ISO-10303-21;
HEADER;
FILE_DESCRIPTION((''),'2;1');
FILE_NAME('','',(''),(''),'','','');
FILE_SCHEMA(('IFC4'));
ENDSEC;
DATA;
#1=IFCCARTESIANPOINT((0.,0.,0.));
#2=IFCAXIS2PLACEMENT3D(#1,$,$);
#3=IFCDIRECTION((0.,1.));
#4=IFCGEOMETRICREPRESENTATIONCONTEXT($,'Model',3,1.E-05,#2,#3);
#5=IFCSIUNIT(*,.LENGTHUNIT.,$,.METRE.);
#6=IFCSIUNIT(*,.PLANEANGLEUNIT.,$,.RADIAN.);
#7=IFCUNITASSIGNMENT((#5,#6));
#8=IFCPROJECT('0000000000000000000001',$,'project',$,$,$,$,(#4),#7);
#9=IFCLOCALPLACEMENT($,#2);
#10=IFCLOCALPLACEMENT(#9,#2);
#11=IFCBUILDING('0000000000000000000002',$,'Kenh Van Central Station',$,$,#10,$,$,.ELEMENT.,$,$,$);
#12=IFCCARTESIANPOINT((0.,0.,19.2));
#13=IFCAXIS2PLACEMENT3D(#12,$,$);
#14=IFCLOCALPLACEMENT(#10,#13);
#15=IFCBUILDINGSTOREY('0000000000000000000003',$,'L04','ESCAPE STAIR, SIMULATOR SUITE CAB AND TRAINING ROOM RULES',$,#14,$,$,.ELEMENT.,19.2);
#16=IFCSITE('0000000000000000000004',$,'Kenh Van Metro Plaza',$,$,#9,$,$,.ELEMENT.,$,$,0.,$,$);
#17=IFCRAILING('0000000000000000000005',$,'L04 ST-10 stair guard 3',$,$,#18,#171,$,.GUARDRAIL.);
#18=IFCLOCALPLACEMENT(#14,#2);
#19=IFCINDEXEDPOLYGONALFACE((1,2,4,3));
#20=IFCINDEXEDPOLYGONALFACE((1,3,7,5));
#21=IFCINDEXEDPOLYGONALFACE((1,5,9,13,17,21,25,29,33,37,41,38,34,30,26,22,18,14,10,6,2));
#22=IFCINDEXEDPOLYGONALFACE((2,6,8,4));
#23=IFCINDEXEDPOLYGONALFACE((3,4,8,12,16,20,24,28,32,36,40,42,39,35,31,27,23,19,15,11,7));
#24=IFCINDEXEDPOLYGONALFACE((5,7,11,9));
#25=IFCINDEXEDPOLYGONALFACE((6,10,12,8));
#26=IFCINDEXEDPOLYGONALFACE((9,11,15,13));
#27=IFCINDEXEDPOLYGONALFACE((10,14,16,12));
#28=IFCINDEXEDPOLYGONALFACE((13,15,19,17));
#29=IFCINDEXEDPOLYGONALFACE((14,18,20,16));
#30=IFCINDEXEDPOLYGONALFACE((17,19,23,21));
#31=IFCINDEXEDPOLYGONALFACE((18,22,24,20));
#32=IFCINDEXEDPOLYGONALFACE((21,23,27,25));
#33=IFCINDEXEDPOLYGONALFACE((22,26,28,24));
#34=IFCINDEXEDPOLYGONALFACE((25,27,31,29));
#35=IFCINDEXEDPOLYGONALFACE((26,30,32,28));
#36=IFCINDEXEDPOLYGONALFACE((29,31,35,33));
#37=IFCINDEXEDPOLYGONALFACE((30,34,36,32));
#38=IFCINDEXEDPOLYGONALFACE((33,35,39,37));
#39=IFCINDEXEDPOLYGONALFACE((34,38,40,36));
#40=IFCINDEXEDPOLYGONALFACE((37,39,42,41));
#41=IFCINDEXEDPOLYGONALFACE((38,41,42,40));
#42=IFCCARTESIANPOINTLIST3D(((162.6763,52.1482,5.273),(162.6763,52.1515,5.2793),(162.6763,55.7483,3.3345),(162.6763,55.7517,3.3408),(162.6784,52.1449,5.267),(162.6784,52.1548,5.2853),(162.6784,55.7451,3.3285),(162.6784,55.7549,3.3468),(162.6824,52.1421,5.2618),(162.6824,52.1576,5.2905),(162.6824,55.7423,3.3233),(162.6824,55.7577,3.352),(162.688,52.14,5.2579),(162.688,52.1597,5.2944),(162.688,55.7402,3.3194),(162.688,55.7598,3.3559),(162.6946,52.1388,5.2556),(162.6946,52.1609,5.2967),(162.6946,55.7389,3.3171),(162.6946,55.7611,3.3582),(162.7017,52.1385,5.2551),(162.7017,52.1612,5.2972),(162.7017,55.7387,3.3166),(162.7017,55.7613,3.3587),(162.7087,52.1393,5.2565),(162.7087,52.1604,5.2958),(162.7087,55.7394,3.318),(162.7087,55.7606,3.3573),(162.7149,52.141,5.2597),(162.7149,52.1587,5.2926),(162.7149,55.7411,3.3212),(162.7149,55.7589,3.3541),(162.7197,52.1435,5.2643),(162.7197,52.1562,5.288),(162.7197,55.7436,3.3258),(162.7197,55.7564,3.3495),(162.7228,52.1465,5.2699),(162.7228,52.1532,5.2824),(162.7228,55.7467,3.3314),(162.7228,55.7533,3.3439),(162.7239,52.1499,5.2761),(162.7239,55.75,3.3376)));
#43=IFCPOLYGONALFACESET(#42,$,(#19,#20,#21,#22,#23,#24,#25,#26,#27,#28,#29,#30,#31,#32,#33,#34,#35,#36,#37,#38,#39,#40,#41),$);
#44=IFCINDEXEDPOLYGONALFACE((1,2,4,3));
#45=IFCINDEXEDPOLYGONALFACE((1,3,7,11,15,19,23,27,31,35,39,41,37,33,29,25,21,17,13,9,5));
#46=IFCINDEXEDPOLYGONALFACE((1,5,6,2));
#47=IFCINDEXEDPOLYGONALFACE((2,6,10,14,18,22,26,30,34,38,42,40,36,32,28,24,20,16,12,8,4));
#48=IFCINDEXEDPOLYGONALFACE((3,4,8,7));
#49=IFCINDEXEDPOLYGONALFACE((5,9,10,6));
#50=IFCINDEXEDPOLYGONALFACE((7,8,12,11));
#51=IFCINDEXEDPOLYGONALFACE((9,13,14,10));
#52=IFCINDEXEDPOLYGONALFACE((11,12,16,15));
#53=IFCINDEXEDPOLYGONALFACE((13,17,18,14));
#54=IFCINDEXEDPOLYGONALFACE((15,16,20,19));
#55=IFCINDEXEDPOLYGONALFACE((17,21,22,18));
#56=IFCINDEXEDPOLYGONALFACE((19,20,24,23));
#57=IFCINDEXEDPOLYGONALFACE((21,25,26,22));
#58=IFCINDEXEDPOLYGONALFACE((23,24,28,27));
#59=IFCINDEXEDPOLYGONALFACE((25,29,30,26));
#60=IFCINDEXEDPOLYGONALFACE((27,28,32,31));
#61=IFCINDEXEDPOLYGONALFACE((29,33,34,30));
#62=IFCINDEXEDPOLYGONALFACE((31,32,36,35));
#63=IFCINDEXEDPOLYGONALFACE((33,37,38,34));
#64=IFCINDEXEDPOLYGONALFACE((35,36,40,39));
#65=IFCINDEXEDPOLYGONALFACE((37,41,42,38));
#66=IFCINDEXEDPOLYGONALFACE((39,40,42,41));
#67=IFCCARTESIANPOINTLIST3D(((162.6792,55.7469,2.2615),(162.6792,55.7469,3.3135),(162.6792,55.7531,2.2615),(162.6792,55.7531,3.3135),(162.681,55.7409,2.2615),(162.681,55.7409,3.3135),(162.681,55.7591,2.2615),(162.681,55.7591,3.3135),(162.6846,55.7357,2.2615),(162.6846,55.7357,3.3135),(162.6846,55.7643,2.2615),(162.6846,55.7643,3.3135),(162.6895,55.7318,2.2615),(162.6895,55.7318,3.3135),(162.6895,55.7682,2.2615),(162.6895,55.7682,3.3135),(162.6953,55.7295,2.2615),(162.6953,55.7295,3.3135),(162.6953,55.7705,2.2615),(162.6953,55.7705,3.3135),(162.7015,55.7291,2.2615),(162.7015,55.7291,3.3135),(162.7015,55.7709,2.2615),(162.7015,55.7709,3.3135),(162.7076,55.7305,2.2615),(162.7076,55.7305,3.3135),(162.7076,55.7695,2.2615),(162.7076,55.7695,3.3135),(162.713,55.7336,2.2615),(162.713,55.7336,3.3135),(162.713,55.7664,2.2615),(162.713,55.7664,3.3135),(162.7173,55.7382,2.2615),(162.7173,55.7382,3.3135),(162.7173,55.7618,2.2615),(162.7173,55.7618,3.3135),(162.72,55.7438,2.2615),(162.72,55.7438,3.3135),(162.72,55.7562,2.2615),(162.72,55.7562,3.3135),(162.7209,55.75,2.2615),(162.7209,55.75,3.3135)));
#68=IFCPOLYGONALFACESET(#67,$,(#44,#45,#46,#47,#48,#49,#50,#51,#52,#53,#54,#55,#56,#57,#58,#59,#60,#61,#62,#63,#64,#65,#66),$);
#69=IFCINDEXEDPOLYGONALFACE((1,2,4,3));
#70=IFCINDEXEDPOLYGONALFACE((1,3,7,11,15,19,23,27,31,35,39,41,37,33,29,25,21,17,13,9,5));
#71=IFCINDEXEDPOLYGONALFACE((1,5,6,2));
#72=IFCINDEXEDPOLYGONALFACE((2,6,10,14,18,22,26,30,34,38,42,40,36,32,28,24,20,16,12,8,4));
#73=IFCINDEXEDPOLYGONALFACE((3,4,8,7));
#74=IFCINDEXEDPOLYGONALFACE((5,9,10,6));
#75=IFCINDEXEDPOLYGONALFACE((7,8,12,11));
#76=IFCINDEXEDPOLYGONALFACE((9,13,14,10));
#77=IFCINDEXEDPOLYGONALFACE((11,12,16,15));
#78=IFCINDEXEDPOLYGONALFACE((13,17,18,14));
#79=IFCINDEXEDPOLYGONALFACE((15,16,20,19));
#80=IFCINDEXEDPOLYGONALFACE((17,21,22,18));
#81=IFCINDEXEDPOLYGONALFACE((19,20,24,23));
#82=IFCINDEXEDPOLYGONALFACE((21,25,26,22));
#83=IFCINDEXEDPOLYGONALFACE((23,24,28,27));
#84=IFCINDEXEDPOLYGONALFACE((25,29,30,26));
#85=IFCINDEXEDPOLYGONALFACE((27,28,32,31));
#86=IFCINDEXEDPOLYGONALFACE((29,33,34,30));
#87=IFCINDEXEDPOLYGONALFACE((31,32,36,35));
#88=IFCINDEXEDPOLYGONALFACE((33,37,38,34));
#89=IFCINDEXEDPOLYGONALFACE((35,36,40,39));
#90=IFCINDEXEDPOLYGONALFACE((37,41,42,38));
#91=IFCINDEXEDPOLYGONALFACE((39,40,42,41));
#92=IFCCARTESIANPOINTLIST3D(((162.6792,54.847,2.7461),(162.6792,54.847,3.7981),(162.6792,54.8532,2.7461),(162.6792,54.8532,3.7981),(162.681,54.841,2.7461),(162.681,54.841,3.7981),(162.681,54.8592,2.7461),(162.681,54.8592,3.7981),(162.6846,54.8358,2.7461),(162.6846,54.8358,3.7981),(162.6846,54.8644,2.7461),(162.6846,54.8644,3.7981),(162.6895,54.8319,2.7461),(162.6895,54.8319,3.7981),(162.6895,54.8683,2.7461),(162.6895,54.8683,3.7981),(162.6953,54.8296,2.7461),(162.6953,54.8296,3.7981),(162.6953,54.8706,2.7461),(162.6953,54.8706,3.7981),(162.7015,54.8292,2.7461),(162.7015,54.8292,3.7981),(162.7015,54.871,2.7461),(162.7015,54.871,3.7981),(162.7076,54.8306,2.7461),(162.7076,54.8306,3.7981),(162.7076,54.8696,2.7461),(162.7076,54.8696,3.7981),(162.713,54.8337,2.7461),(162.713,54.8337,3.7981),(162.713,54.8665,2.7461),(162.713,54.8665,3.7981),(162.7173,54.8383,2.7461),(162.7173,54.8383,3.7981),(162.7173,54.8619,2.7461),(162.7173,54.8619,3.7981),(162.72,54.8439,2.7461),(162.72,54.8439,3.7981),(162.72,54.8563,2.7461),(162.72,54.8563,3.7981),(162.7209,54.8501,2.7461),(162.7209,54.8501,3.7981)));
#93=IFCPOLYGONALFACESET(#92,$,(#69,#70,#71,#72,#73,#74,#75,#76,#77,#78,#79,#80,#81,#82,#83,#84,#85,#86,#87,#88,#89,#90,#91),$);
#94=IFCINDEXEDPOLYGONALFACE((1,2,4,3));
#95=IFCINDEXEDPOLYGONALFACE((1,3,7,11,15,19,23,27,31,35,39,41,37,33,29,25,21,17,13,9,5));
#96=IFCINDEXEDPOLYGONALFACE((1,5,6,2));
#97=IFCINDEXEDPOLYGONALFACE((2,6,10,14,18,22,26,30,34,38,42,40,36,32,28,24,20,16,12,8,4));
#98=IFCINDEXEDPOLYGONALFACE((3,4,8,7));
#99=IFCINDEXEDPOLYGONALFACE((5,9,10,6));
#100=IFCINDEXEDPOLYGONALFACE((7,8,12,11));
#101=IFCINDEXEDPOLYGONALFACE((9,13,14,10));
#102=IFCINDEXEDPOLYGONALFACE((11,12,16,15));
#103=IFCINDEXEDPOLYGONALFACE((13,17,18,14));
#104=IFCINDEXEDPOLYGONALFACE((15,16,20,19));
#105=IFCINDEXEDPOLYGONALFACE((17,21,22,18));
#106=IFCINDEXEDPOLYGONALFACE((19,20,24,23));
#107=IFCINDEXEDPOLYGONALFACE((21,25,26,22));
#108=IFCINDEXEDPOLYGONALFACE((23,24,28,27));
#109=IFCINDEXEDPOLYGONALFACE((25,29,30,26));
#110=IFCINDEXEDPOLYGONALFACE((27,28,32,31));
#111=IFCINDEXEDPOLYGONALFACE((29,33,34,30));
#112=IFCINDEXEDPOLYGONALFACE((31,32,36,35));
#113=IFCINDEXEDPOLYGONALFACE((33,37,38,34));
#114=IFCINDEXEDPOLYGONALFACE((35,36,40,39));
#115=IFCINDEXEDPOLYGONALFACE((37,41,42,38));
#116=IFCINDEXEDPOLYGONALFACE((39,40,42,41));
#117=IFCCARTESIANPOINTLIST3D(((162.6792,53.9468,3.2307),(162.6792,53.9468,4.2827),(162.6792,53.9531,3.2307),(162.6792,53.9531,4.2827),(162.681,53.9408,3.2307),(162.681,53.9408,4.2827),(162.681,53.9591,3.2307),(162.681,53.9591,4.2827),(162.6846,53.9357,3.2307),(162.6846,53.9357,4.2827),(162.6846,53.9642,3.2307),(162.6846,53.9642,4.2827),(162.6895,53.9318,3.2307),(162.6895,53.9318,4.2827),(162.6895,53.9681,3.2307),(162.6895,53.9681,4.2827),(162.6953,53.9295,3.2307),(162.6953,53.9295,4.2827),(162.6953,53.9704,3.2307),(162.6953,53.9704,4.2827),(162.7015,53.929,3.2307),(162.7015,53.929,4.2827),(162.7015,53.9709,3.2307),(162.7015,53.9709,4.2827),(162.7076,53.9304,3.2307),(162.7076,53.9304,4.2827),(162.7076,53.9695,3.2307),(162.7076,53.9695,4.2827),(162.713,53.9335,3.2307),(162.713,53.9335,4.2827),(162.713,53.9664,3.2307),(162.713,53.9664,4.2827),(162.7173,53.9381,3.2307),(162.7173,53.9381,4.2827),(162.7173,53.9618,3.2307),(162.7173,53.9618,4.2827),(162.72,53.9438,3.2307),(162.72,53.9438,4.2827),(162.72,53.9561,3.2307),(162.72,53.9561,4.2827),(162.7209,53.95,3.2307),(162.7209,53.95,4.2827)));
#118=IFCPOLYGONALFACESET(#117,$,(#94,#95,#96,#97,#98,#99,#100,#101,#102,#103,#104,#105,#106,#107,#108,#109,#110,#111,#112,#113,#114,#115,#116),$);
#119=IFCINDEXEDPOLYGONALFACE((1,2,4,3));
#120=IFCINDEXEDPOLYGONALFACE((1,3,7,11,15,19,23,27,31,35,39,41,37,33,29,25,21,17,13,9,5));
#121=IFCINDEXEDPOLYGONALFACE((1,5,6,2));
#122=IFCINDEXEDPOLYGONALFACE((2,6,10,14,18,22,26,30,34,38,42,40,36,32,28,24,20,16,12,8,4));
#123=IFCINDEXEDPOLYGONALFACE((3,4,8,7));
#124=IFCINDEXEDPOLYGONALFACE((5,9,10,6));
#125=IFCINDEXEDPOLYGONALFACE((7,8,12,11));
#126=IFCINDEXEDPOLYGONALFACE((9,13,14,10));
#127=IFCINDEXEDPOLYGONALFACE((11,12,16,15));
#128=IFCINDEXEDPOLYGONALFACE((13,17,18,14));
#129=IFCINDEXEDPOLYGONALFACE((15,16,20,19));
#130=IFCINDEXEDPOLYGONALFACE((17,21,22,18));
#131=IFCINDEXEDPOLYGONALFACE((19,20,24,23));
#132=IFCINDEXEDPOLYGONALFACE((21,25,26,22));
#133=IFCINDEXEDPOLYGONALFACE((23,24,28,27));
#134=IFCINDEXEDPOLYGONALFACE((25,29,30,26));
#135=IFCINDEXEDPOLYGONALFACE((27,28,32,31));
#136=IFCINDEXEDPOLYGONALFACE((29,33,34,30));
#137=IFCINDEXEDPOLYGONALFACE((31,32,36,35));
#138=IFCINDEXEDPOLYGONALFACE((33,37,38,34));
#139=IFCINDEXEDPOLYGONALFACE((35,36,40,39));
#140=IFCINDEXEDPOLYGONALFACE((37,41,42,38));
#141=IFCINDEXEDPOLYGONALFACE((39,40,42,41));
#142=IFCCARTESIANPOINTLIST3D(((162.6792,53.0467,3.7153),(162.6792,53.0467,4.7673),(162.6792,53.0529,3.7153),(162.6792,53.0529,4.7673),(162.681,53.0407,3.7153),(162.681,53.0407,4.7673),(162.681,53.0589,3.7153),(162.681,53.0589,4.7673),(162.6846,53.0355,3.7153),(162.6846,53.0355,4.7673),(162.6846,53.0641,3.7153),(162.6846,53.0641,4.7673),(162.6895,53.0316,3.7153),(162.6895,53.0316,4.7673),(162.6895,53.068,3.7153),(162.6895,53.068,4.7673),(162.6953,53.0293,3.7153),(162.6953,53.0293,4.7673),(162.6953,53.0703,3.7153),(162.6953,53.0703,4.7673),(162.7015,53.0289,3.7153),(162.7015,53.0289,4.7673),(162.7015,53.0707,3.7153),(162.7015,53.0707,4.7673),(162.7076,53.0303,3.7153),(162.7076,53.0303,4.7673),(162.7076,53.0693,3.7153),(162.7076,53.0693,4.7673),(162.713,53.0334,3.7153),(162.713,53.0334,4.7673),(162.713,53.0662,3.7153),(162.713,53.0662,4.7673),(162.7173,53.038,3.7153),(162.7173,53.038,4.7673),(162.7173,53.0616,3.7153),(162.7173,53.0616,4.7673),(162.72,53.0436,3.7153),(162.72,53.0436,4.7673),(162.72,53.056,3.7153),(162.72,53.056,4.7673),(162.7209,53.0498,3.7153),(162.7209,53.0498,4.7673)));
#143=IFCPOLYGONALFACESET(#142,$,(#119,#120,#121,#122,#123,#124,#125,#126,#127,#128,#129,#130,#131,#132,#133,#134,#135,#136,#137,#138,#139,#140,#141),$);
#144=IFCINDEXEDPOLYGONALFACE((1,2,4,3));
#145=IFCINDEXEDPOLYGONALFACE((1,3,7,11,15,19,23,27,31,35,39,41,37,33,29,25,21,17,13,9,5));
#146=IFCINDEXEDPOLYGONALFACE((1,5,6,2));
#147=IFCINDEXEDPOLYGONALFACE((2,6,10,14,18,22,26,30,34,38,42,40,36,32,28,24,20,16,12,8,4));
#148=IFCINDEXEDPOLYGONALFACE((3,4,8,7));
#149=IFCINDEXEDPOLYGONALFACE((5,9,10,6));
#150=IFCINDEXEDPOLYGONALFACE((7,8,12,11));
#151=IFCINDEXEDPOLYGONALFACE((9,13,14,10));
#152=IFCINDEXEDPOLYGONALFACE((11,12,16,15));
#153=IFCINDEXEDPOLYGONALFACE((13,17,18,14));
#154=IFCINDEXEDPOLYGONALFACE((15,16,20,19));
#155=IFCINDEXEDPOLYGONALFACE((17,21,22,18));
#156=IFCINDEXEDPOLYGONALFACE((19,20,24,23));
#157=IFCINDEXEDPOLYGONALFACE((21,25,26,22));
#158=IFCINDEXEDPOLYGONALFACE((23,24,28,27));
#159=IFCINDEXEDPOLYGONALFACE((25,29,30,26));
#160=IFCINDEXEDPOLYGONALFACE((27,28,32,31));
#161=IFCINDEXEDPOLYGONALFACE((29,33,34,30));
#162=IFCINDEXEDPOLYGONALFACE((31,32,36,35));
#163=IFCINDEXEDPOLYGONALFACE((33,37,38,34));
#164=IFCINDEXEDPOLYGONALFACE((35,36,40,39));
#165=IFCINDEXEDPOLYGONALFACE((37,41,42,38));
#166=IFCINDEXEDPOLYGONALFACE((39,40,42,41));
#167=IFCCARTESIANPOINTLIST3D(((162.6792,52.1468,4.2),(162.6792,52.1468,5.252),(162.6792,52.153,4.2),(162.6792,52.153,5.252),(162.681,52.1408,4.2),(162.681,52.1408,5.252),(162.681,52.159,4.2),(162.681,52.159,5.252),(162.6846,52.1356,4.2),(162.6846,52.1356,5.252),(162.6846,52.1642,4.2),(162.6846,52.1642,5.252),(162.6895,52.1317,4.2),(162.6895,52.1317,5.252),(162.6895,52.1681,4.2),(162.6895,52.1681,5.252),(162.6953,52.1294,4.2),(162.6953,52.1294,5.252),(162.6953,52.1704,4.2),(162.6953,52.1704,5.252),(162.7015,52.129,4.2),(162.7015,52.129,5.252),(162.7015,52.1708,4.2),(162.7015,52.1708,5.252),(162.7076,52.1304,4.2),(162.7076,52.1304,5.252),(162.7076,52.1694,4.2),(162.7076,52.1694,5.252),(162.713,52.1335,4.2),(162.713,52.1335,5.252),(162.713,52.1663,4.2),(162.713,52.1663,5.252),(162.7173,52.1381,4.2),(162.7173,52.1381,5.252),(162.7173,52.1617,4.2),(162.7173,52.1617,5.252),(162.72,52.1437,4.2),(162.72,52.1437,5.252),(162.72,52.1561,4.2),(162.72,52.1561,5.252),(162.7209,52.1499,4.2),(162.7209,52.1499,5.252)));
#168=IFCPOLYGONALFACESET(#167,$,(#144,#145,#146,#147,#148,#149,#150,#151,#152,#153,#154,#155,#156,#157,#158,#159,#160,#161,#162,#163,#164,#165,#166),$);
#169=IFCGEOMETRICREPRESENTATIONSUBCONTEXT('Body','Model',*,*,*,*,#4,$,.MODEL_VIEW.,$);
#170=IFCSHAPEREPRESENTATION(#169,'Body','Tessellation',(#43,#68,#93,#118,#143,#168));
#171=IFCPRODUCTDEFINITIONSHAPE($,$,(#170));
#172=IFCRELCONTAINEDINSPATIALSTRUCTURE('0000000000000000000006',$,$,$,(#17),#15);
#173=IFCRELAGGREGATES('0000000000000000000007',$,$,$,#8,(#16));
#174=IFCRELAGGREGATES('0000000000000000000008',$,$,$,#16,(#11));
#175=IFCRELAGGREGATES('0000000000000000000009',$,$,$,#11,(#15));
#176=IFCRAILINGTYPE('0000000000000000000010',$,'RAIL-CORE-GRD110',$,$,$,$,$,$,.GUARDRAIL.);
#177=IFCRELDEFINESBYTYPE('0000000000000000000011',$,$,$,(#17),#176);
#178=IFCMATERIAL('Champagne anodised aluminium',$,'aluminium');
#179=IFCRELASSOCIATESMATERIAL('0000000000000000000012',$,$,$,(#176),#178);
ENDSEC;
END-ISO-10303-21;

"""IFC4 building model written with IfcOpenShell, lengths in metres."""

from ifc_helpers import new_model, si_unit, direction, frame, origin, origin_2d, place, context, subcontext, project, spatial, circle, extrude, material, type_object, element, save


model = new_model("IFC4")

# Units and contexts
model_context = context("Model", 3, precision=1e-05, world=origin(), true_north=direction((0.0, 1.0)))
body_context = subcontext(model_context, "Body", "Model", "MODEL_VIEW")
ifc_project = project(units=[si_unit("LENGTHUNIT", "METRE"), si_unit("PLANEANGLEUNIT", "RADIAN")], contexts=[model_context])

# Site, building, storey
site_placement = place(None, origin())
site = spatial("IfcSite", under=ifc_project, at=site_placement, Name="Kenh Van Metro Plaza", CompositionType="ELEMENT", RefElevation=0.0)
building_placement = place(site_placement, origin())
building = spatial("IfcBuilding", under=site, at=building_placement, Name="Kenh Van Central Station", CompositionType="ELEMENT")
storey_placement = place(building_placement, frame((0.0, 0.0, 19.2)))
storey = spatial("IfcBuildingStorey", under=building, at=storey_placement, Name="L04", Description="ESCAPE STAIR, SIMULATOR SUITE CAB AND TRAINING ROOM RULES", CompositionType="ELEMENT", Elevation=19.2)

# Shared definitions
ifc_material_1 = material(Name="Champagne anodised aluminium", Category="aluminium")

# Railing
railing_type_1 = type_object("IfcRailingType", Name="RAIL-CORE-GRD110", PredefinedType="GUARDRAIL", material=ifc_material_1)
railing_1_placement = place(storey_placement, frame((162.7, 55.75, 2.2615)))
element("IfcRailing", 1, at=railing_1_placement, inside=storey, type_object=railing_type_1, Name="L04 ST-10 stair guard 3", PredefinedType="GUARDRAIL", context=body_context, shape_type="SweptSolid", body=[
    extrude(circle(Radius=0.0239, at=origin_2d()), frame((0.0, 0.0, 1.0762), z_axis=(0.0, -0.880475, 0.474093), x_axis=(1.0, 0.0, 0.0)), (0.0, 0.0, 1.0), 4.0889),
    extrude(circle(Radius=0.021, at=origin_2d()), origin(), (0.0, 0.0, 1.0), 1.052),
    extrude(circle(Radius=0.021, at=origin_2d()), frame((0.0, -0.8999, 0.4846)), (0.0, 0.0, 1.0), 1.052),
    extrude(circle(Radius=0.021, at=origin_2d()), frame((0.0, -1.8, 0.9692)), (0.0, 0.0, 1.0), 1.052),
    extrude(circle(Radius=0.021, at=origin_2d()), frame((0.0, -2.7002, 1.4539)), (0.0, 0.0, 1.0), 1.052),
    extrude(circle(Radius=0.021, at=origin_2d()), frame((0.0, -3.6001, 1.9385)), (0.0, 0.0, 1.0), 1.052),
])

save(model, "model.ifc")
